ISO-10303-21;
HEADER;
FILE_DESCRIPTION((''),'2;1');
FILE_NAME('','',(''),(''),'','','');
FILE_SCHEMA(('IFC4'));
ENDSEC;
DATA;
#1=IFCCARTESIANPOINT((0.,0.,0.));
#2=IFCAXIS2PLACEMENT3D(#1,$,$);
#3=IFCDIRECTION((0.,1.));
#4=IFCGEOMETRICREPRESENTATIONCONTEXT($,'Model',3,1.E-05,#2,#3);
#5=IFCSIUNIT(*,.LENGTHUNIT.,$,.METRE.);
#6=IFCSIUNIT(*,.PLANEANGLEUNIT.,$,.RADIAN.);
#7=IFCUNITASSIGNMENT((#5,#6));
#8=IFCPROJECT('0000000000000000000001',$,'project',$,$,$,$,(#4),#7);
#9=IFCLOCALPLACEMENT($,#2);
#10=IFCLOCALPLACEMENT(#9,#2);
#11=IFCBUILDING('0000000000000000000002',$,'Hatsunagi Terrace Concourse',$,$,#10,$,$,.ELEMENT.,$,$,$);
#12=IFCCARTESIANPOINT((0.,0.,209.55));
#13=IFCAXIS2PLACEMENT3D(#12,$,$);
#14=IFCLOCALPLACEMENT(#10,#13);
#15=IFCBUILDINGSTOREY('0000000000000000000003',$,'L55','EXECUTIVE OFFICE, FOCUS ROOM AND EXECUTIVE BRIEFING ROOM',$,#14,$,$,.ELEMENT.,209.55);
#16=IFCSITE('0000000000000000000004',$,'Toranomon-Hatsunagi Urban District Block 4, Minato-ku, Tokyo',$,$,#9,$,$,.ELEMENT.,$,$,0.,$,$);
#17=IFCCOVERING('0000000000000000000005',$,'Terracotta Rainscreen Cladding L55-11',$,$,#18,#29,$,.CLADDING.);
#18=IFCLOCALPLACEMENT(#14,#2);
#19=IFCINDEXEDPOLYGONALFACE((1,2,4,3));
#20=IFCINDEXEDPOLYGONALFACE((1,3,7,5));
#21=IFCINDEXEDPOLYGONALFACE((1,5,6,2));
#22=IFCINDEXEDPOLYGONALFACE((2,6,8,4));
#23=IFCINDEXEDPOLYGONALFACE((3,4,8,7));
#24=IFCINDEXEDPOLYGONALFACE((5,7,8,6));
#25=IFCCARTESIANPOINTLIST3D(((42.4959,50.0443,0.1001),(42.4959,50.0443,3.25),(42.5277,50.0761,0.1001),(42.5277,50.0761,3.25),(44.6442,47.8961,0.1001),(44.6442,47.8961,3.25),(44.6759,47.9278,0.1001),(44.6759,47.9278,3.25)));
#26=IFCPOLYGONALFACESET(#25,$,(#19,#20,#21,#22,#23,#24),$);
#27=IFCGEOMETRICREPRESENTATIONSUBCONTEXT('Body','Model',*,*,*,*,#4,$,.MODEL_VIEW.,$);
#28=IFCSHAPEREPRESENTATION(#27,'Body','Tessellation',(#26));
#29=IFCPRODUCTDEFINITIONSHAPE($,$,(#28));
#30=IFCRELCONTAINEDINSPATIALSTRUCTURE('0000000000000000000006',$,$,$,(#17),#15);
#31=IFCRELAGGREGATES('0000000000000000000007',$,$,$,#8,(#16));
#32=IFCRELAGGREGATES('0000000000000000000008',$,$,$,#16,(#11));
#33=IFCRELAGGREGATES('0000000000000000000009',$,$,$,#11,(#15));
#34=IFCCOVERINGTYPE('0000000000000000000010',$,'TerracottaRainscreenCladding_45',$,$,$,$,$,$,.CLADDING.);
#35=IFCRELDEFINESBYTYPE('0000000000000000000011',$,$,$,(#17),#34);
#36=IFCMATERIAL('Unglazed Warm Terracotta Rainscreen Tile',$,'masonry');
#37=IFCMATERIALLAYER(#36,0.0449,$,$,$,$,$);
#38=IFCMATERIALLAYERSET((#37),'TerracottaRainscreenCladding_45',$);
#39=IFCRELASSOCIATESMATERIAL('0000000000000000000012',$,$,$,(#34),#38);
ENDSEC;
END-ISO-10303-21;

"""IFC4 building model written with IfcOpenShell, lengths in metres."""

from ifc_helpers import new_model, si_unit, direction, frame, origin, origin_2d, place, context, subcontext, project, spatial, rectangle, extrude, material, layer, layer_set, type_object, element, save


model = new_model("IFC4")

# Units and contexts
model_context = context("Model", 3, precision=1e-05, world=origin(), true_north=direction((0.0, 1.0)))
body_context = subcontext(model_context, "Body", "Model", "MODEL_VIEW")
ifc_project = project(units=[si_unit("LENGTHUNIT", "METRE"), si_unit("PLANEANGLEUNIT", "RADIAN")], contexts=[model_context])

# Site, building, storey
site_placement = place(None, origin())
site = spatial("IfcSite", under=ifc_project, at=site_placement, Name="Toranomon-Hatsunagi Urban District Block 4, Minato-ku, Tokyo", CompositionType="ELEMENT", RefElevation=0.0)
building_placement = place(site_placement, origin())
building = spatial("IfcBuilding", under=site, at=building_placement, Name="Hatsunagi Terrace Concourse", CompositionType="ELEMENT")
storey_placement = place(building_placement, frame((0.0, 0.0, 209.55)))
storey = spatial("IfcBuildingStorey", under=building, at=storey_placement, Name="L55", Description="EXECUTIVE OFFICE, FOCUS ROOM AND EXECUTIVE BRIEFING ROOM", CompositionType="ELEMENT", Elevation=209.55)

# Covering
ifc_material_1 = material(Name="Unglazed Warm Terracotta Rainscreen Tile", Category="masonry")
ifc_layer_1 = layer(ifc_material_1, 0.0449)
ifc_layer_set_1 = layer_set([ifc_layer_1], Name="TerracottaRainscreenCladding_45")
covering_type = type_object("IfcCoveringType", Name="TerracottaRainscreenCladding_45", PredefinedType="CLADDING", material=ifc_layer_set_1)
covering_placement = place(storey_placement, frame((43.5859, 48.9861, 0.1001), z_axis=(0.0, 0.0, 1.0), x_axis=(0.707107, -0.707107, 0.0)))
element("IfcCovering", 1, at=covering_placement, inside=storey, type_object=covering_type, Name="Terracotta Rainscreen Cladding L55-11", PredefinedType="CLADDING", context=body_context, shape_type="SweptSolid", body=[
    extrude(rectangle(XDim=3.0381, YDim=0.0449, at=origin_2d()), origin(), (0.0, 0.0, 1.0), 3.1499),
])

save(model, "model.ifc")
